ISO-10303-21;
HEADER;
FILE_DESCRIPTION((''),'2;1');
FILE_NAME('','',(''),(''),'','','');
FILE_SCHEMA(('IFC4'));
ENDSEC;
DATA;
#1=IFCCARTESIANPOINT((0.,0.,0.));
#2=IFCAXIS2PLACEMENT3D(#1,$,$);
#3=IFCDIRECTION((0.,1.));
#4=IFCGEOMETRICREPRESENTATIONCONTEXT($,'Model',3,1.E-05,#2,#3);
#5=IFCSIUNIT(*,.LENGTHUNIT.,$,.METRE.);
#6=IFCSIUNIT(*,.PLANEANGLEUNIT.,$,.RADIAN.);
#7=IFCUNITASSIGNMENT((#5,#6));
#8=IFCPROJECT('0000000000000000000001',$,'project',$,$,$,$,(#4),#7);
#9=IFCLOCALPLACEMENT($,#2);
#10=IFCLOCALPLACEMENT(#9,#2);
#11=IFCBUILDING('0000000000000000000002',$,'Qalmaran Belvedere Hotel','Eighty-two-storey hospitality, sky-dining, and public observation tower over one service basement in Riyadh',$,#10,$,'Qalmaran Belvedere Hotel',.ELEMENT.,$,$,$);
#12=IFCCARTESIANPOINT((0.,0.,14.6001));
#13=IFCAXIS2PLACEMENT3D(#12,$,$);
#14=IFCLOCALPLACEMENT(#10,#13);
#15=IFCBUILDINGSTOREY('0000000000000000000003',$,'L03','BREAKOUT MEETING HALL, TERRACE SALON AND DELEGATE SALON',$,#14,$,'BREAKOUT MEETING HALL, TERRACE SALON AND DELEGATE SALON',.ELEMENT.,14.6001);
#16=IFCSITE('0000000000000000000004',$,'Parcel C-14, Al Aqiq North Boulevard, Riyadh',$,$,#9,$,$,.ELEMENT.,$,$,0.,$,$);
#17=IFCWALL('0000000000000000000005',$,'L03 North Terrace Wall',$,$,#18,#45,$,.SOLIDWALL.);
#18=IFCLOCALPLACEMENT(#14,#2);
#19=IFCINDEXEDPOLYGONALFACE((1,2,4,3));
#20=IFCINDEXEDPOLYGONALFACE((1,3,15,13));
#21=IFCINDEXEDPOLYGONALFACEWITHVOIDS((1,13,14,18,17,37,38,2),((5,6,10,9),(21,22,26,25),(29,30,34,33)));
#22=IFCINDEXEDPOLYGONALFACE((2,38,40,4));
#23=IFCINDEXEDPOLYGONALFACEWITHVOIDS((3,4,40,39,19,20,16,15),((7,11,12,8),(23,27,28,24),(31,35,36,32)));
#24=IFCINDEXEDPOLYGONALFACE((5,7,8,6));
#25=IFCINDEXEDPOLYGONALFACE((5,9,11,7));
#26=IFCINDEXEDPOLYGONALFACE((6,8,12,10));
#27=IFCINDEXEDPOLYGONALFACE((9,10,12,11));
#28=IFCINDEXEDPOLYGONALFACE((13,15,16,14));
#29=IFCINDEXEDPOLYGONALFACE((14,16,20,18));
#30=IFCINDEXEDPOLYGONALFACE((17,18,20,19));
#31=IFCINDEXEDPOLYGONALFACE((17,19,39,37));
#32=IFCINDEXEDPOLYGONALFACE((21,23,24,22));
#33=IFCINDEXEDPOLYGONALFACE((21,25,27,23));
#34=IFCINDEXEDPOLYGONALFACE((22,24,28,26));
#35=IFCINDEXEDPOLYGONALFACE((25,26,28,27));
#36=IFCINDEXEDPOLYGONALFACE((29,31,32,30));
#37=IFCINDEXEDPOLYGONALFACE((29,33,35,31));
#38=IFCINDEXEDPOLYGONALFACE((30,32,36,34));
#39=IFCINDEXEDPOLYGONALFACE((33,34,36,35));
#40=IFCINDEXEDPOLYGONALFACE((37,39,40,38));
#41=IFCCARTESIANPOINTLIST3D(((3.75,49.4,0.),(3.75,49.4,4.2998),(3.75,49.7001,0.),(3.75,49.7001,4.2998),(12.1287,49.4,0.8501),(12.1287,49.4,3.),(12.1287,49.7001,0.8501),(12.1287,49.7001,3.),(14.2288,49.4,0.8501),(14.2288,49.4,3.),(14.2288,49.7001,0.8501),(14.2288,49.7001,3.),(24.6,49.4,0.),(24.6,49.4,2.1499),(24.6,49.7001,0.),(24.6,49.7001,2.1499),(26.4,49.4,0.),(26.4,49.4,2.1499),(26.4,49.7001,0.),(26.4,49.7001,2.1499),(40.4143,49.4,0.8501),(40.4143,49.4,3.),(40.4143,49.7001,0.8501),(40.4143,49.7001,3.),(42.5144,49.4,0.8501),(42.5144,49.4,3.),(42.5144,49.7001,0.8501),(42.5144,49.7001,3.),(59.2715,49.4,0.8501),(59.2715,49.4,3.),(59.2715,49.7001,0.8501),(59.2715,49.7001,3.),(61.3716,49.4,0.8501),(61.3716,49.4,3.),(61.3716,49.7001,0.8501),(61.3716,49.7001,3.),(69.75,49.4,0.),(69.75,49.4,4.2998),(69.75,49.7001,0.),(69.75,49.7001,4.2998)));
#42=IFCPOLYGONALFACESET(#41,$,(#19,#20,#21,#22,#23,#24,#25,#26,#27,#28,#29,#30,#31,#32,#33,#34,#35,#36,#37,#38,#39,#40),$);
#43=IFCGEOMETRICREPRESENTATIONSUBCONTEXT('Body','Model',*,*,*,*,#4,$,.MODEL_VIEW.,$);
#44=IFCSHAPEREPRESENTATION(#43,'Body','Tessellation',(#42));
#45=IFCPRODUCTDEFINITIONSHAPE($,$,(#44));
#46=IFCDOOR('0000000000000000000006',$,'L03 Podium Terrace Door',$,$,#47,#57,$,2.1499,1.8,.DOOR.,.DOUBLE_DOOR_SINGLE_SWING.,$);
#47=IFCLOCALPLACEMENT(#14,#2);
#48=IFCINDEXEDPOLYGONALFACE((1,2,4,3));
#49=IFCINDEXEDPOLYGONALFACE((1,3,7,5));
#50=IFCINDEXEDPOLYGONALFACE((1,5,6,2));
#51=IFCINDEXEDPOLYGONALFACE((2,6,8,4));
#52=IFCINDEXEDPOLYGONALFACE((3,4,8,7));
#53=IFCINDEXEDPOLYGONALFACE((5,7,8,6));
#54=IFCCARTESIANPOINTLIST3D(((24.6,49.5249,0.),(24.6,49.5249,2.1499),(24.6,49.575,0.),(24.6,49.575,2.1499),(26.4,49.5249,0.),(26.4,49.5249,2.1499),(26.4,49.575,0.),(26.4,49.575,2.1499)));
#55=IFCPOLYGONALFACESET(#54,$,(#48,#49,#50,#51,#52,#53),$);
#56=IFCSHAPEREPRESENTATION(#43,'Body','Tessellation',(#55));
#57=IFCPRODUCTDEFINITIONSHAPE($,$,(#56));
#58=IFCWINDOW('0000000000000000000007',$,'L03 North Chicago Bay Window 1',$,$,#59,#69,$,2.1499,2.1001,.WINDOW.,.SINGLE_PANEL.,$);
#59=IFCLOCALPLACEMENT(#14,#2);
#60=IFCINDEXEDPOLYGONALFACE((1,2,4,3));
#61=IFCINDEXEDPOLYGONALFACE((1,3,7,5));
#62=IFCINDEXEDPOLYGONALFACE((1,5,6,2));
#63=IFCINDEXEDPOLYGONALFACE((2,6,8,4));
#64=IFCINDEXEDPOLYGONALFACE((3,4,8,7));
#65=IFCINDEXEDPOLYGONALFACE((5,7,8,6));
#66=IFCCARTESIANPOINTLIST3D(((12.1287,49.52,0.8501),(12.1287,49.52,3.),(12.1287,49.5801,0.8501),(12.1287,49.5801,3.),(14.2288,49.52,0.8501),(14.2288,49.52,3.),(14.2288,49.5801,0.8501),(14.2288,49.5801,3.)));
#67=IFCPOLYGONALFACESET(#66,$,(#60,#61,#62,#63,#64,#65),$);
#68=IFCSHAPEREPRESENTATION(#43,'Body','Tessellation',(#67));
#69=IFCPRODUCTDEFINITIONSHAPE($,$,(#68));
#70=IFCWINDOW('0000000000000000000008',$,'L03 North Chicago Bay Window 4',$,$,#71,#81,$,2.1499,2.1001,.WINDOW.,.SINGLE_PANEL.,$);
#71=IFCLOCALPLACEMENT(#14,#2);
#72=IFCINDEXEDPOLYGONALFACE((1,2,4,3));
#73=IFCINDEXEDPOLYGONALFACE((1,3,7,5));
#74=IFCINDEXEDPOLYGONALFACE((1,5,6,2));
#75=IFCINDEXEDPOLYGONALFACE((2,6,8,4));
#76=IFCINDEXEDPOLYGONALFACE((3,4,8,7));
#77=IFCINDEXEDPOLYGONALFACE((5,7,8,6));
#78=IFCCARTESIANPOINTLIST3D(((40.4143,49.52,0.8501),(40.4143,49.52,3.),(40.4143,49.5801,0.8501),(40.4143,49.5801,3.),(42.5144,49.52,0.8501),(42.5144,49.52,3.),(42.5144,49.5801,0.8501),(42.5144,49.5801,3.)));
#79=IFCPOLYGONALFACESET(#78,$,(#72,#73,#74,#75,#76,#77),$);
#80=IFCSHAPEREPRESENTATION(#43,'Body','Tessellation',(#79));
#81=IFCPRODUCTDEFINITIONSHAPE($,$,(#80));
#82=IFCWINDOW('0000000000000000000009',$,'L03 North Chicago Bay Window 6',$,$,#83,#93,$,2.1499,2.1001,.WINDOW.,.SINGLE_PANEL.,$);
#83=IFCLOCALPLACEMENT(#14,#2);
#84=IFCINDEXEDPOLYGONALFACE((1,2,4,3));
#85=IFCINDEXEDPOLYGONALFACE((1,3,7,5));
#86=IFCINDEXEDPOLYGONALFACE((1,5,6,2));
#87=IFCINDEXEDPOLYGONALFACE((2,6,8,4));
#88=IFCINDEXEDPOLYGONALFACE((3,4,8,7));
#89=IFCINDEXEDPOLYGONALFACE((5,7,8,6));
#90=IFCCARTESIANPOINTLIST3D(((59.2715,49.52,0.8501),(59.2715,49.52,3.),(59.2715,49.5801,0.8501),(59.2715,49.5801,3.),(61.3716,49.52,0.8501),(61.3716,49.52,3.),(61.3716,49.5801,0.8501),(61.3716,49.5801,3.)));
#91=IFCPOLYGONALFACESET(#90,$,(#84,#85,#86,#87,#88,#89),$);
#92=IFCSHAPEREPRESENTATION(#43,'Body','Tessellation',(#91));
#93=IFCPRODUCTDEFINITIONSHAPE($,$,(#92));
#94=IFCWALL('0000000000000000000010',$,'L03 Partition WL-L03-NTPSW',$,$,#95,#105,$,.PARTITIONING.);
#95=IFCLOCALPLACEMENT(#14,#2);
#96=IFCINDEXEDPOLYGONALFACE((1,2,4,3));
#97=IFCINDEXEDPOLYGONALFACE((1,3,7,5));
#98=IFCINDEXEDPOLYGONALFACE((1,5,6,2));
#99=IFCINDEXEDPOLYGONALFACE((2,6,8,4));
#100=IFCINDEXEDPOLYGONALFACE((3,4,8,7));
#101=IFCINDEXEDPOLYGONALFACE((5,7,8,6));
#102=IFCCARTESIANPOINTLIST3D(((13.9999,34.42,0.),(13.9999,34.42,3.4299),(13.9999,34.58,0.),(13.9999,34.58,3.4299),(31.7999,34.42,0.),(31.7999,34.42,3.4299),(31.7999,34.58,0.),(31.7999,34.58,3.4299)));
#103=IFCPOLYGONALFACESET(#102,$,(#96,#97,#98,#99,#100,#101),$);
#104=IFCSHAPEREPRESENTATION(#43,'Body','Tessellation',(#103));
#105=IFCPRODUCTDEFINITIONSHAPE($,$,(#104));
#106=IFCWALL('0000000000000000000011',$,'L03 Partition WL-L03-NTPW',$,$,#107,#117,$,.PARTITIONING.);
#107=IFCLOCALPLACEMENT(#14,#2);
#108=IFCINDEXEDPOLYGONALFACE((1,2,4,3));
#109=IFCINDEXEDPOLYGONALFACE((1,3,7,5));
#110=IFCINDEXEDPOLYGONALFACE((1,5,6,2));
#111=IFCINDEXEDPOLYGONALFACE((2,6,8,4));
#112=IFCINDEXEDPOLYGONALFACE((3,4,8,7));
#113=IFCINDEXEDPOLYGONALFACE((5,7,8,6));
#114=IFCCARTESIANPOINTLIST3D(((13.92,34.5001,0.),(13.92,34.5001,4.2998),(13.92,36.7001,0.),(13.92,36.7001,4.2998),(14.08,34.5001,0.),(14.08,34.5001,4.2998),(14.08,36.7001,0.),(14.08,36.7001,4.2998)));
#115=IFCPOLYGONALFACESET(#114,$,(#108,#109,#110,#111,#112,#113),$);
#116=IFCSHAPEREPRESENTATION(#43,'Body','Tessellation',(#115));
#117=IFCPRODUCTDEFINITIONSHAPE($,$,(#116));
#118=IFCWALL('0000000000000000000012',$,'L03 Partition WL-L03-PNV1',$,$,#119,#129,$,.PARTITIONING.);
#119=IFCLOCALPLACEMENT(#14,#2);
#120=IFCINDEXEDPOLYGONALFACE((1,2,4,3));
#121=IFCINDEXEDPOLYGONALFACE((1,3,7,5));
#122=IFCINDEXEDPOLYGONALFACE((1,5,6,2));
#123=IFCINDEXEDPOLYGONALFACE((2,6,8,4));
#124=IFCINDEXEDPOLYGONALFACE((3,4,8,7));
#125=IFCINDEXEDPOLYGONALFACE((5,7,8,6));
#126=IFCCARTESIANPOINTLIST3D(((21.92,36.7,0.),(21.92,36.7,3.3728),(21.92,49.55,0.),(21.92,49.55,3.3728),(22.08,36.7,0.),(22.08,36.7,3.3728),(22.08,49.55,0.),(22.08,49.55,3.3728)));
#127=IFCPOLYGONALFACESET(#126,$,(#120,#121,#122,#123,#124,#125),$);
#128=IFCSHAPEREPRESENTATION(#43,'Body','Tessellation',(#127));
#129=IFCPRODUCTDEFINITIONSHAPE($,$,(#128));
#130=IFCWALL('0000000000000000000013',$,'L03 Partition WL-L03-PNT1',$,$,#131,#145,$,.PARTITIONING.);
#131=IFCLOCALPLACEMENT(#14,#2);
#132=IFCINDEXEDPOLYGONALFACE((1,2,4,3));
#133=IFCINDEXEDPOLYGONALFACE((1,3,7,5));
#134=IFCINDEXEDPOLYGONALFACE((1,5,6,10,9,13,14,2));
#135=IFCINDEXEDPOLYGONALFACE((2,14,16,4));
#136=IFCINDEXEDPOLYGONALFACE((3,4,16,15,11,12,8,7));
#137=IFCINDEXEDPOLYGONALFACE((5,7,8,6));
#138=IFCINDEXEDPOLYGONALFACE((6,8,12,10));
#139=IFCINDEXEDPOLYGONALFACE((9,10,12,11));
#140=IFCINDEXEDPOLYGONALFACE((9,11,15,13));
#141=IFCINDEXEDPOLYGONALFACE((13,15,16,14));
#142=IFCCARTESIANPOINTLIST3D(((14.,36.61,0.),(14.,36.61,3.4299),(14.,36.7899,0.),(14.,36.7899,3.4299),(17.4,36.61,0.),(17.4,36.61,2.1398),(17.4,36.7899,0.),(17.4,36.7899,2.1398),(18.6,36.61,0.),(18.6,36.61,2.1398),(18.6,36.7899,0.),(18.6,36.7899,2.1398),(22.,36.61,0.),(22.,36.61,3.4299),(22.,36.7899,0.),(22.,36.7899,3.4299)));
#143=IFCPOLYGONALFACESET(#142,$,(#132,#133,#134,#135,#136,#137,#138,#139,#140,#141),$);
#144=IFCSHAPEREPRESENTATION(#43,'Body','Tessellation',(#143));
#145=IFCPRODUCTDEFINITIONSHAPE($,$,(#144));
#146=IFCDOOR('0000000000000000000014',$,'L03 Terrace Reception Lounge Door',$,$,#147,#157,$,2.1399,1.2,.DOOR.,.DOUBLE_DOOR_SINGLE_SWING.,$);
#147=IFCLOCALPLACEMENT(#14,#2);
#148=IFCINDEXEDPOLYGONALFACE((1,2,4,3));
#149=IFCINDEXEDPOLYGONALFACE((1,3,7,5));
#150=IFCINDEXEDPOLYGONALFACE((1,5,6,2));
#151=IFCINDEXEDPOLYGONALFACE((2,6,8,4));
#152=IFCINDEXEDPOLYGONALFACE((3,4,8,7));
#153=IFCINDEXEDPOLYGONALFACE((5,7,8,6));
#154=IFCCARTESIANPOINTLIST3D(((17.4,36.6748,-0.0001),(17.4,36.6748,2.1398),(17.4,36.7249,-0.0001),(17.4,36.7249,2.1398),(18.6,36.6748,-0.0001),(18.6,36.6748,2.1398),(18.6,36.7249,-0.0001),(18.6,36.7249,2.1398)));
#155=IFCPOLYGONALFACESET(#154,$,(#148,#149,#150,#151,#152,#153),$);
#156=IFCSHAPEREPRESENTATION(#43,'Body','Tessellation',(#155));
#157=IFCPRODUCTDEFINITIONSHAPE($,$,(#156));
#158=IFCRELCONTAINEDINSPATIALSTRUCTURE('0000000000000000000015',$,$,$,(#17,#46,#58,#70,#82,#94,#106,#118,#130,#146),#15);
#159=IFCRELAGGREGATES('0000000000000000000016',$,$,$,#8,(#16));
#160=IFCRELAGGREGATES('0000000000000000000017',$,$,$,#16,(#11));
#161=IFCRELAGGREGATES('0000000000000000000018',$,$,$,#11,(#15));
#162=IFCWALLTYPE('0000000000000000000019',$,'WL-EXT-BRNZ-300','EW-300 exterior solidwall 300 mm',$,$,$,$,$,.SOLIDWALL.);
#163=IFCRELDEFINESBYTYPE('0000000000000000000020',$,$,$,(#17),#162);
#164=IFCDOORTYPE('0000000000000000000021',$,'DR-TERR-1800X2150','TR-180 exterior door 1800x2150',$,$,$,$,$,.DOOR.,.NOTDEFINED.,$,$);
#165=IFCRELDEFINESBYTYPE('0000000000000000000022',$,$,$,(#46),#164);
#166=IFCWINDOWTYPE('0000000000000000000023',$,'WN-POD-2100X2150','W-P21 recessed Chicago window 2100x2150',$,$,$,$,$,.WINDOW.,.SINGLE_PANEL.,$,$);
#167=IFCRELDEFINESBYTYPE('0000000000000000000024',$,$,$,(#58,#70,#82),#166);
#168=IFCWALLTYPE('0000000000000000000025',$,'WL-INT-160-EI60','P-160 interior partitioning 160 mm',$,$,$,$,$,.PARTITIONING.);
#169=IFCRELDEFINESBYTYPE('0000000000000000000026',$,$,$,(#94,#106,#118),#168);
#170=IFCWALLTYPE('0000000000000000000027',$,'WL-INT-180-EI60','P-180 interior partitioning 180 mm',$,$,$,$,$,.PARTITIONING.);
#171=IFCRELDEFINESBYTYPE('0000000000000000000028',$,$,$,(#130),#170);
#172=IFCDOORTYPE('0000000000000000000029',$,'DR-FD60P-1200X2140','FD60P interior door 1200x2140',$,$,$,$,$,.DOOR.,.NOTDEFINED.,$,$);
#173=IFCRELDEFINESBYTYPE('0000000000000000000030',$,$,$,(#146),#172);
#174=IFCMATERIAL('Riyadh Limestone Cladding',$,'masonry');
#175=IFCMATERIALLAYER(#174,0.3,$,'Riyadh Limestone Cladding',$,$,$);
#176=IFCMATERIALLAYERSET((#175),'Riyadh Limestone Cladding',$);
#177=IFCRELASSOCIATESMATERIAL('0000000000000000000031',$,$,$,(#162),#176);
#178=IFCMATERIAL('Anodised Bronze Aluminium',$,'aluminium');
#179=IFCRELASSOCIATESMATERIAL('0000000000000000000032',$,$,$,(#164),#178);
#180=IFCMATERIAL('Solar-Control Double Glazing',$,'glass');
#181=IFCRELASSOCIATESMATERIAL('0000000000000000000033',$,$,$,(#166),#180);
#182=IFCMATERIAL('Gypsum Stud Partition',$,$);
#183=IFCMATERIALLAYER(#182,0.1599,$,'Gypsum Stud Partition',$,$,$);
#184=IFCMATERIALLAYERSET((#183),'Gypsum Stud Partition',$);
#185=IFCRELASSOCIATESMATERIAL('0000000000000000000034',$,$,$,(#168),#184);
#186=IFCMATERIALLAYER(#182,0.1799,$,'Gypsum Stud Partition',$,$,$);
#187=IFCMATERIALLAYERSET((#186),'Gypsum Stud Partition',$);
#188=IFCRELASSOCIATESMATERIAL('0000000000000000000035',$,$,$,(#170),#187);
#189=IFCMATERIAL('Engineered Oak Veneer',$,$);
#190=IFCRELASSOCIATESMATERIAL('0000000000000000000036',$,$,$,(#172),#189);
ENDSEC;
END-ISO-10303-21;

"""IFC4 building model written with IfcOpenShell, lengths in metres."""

from ifc_helpers import new_model, si_unit, direction, frame, frame_2d, origin, place, context, subcontext, project, spatial, rectangle, extrude, material, layer, layer_set, type_object, element, fill, save


model = new_model("IFC4")

# Units and contexts
model_context = context("Model", 3, precision=1e-05, world=origin(), true_north=direction((0.0, 1.0)))
body_context = subcontext(model_context, "Body", "Model", "MODEL_VIEW")
ifc_project = project(units=[si_unit("LENGTHUNIT", "METRE"), si_unit("PLANEANGLEUNIT", "RADIAN")], contexts=[model_context])

# Site, building, storey
site_placement = place(None, origin())
site = spatial("IfcSite", under=ifc_project, at=site_placement, Name="Parcel C-14, Al Aqiq North Boulevard, Riyadh", CompositionType="ELEMENT", RefElevation=0.0)
building_placement = place(site_placement, origin())
building = spatial("IfcBuilding", under=site, at=building_placement, Name="Qalmaran Belvedere Hotel", Description="Eighty-two-storey hospitality, sky-dining, and public observation tower over one service basement in Riyadh", LongName="Qalmaran Belvedere Hotel", CompositionType="ELEMENT")
storey_placement = place(building_placement, frame((0.0, 0.0, 14.6001)))
storey = spatial("IfcBuildingStorey", under=building, at=storey_placement, Name="L03", Description="BREAKOUT MEETING HALL, TERRACE SALON AND DELEGATE SALON", LongName="BREAKOUT MEETING HALL, TERRACE SALON AND DELEGATE SALON", CompositionType="ELEMENT", Elevation=14.6001)

# Shared definitions
ifc_material_1 = material(Name="Anodised Bronze Aluminium", Category="aluminium")
ifc_material_2 = material(Name="Solar-Control Double Glazing", Category="glass")

# Wall, openings, door, windows
ifc_material_3 = material(Name="Riyadh Limestone Cladding", Category="masonry")
ifc_layer_1 = layer(ifc_material_3, 0.3, Name="Riyadh Limestone Cladding")
ifc_layer_set_1 = layer_set([ifc_layer_1], Name="Riyadh Limestone Cladding")
wall_type_1 = type_object("IfcWallType", Name="WL-EXT-BRNZ-300", Description="EW-300 exterior solidwall 300 mm", PredefinedType="SOLIDWALL", material=ifc_layer_set_1)
wall_1_placement = place(storey_placement, frame((3.75, 49.55, 0.0), z_axis=(0.0, 0.0, 1.0), x_axis=(1.0, 0.0, 0.0)))
wall_1 = element("IfcWall", 1, at=wall_1_placement, inside=storey, type_object=wall_type_1, Name="L03 North Terrace Wall", PredefinedType="SOLIDWALL", context=body_context, shape_type="SweptSolid", body=[
    extrude(rectangle(XDim=66.0, YDim=0.3, at=frame_2d((33.0, 0.0))), origin(), (0.0, 0.0, 1.0), 4.2998),
])
opening_1_placement = place(wall_1_placement, frame((20.8501, 0.0, 0.0)))
opening_1 = element("IfcOpeningElement", 2, at=opening_1_placement, cuts=wall_1, PredefinedType="OPENING", context=body_context, shape_type="SweptSolid", body=[
    extrude(rectangle(XDim=1.8, YDim=2.1499, at=frame_2d((0.8999, 1.075))), frame((0.0, 0.1602, 0.0), z_axis=(0.0, -1.0, 0.0), x_axis=(1.0, 0.0, 0.0)), (0.0, 0.0, 1.0), 0.3201),
])
opening_2_placement = place(wall_1_placement, frame((8.3787, 0.0, 0.8501)))
opening_2 = element("IfcOpeningElement", 3, at=opening_2_placement, cuts=wall_1, PredefinedType="OPENING", context=body_context, shape_type="SweptSolid", body=[
    extrude(rectangle(XDim=2.1001, YDim=2.1499, at=frame_2d((1.05, 1.075))), frame((0.0, 0.1602, 0.0), z_axis=(0.0, -1.0, 0.0), x_axis=(1.0, 0.0, 0.0)), (0.0, 0.0, 1.0), 0.3201),
])
opening_3_placement = place(wall_1_placement, frame((36.6643, 0.0, 0.8501)))
opening_3 = element("IfcOpeningElement", 4, at=opening_3_placement, cuts=wall_1, PredefinedType="OPENING", context=body_context, shape_type="SweptSolid", body=[
    extrude(rectangle(XDim=2.1001, YDim=2.1499, at=frame_2d((1.05, 1.075))), frame((0.0, 0.1602, 0.0), z_axis=(0.0, -1.0, 0.0), x_axis=(1.0, 0.0, 0.0)), (0.0, 0.0, 1.0), 0.3201),
])
opening_4_placement = place(wall_1_placement, frame((55.5215, 0.0, 0.8501)))
opening_4 = element("IfcOpeningElement", 5, at=opening_4_placement, cuts=wall_1, PredefinedType="OPENING", context=body_context, shape_type="SweptSolid", body=[
    extrude(rectangle(XDim=2.1001, YDim=2.1499, at=frame_2d((1.05, 1.075))), frame((0.0, 0.1602, 0.0), z_axis=(0.0, -1.0, 0.0), x_axis=(1.0, 0.0, 0.0)), (0.0, 0.0, 1.0), 0.3201),
])
door_type_1 = type_object("IfcDoorType", Name="DR-TERR-1800X2150", Description="TR-180 exterior door 1800x2150", OperationType="NOTDEFINED", PredefinedType="DOOR", material=ifc_material_1)
door_1_placement = place(opening_1_placement, origin())
door_1 = element("IfcDoor", 6, at=door_1_placement, inside=storey, type_object=door_type_1, Name="L03 Podium Terrace Door", OperationType="DOUBLE_DOOR_SINGLE_SWING", OverallHeight=2.1499, OverallWidth=1.8, PredefinedType="DOOR", context=body_context, shape_type="SweptSolid", body=[
    extrude(rectangle(XDim=1.8, YDim=2.1499, at=frame_2d((0.8999, 1.075))), frame((0.0, 0.0249, 0.0), z_axis=(0.0, -1.0, 0.0), x_axis=(1.0, 0.0, 0.0)), (0.0, 0.0, 1.0), 0.05),
])
fill(opening_1, door_1)
window_type = type_object("IfcWindowType", Name="WN-POD-2100X2150", Description="W-P21 recessed Chicago window 2100x2150", PartitioningType="SINGLE_PANEL", PredefinedType="WINDOW", material=ifc_material_2)
window_1_placement = place(opening_2_placement, origin())
window_1 = element("IfcWindow", 7, at=window_1_placement, inside=storey, type_object=window_type, Name="L03 North Chicago Bay Window 1", OverallHeight=2.1499, OverallWidth=2.1001, PartitioningType="SINGLE_PANEL", PredefinedType="WINDOW", context=body_context, shape_type="SweptSolid", body=[
    extrude(rectangle(XDim=2.1001, YDim=2.1499, at=frame_2d((1.05, 1.075))), frame((0.0, 0.03, 0.0), z_axis=(0.0, -1.0, 0.0), x_axis=(1.0, 0.0, 0.0)), (0.0, 0.0, 1.0), 0.0601),
])
fill(opening_2, window_1)
window_2_placement = place(opening_3_placement, origin())
window_2 = element("IfcWindow", 8, at=window_2_placement, inside=storey, type_object=window_type, Name="L03 North Chicago Bay Window 4", OverallHeight=2.1499, OverallWidth=2.1001, PartitioningType="SINGLE_PANEL", PredefinedType="WINDOW", context=body_context, shape_type="SweptSolid", body=[
    extrude(rectangle(XDim=2.1001, YDim=2.1499, at=frame_2d((1.05, 1.075))), frame((0.0, 0.03, 0.0), z_axis=(0.0, -1.0, 0.0), x_axis=(1.0, 0.0, 0.0)), (0.0, 0.0, 1.0), 0.0601),
])
fill(opening_3, window_2)
window_3_placement = place(opening_4_placement, origin())
window_3 = element("IfcWindow", 9, at=window_3_placement, inside=storey, type_object=window_type, Name="L03 North Chicago Bay Window 6", OverallHeight=2.1499, OverallWidth=2.1001, PartitioningType="SINGLE_PANEL", PredefinedType="WINDOW", context=body_context, shape_type="SweptSolid", body=[
    extrude(rectangle(XDim=2.1001, YDim=2.1499, at=frame_2d((1.05, 1.075))), frame((0.0, 0.03, 0.0), z_axis=(0.0, -1.0, 0.0), x_axis=(1.0, 0.0, 0.0)), (0.0, 0.0, 1.0), 0.0601),
])
fill(opening_4, window_3)

# Walls
ifc_material_4 = material(Name="Gypsum Stud Partition")
ifc_layer_2 = layer(ifc_material_4, 0.1599, Name="Gypsum Stud Partition")
ifc_layer_set_2 = layer_set([ifc_layer_2], Name="Gypsum Stud Partition")
wall_type_2 = type_object("IfcWallType", Name="WL-INT-160-EI60", Description="P-160 interior partitioning 160 mm", PredefinedType="PARTITIONING", material=ifc_layer_set_2)
wall_2_placement = place(storey_placement, frame((14.0, 34.5, 0.0), z_axis=(0.0, 0.0, 1.0), x_axis=(1.0, 0.0, 0.0)))
element("IfcWall", 10, at=wall_2_placement, inside=storey, type_object=wall_type_2, Name="L03 Partition WL-L03-NTPSW", PredefinedType="PARTITIONING", context=body_context, shape_type="SweptSolid", body=[
    extrude(rectangle(XDim=17.8, YDim=0.1599, at=frame_2d((8.8999, 0.0))), origin(), (0.0, 0.0, 1.0), 3.4299),
])
wall_3_placement = place(storey_placement, frame((14.0, 34.5, 0.0), z_axis=(0.0, 0.0, 1.0), x_axis=(0.0, 1.0, 0.0)))
element("IfcWall", 11, at=wall_3_placement, inside=storey, type_object=wall_type_2, Name="L03 Partition WL-L03-NTPW", PredefinedType="PARTITIONING", context=body_context, shape_type="SweptSolid", body=[
    extrude(rectangle(XDim=2.2, YDim=0.1599, at=frame_2d((1.1001, 0.0))), origin(), (0.0, 0.0, 1.0), 4.2998),
])
wall_4_placement = place(storey_placement, frame((22.0, 36.7, 0.0), z_axis=(0.0, 0.0, 1.0), x_axis=(0.0, 1.0, 0.0)))
element("IfcWall", 12, at=wall_4_placement, inside=storey, type_object=wall_type_2, Name="L03 Partition WL-L03-PNV1", PredefinedType="PARTITIONING", context=body_context, shape_type="SweptSolid", body=[
    extrude(rectangle(XDim=12.8501, YDim=0.1599, at=frame_2d((6.425, 0.0))), origin(), (0.0, 0.0, 1.0), 3.3728),
])

# Wall, opening, door
ifc_layer_3 = layer(ifc_material_4, 0.1799, Name="Gypsum Stud Partition")
ifc_layer_set_3 = layer_set([ifc_layer_3], Name="Gypsum Stud Partition")
wall_type_3 = type_object("IfcWallType", Name="WL-INT-180-EI60", Description="P-180 interior partitioning 180 mm", PredefinedType="PARTITIONING", material=ifc_layer_set_3)
wall_5_placement = place(storey_placement, frame((14.0, 36.7, 0.0), z_axis=(0.0, 0.0, 1.0), x_axis=(1.0, 0.0, 0.0)))
wall_5 = element("IfcWall", 13, at=wall_5_placement, inside=storey, type_object=wall_type_3, Name="L03 Partition WL-L03-PNT1", PredefinedType="PARTITIONING", context=body_context, shape_type="SweptSolid", body=[
    extrude(rectangle(XDim=8.0, YDim=0.1799, at=frame_2d((4.0, 0.0))), origin(), (0.0, 0.0, 1.0), 3.4299),
])
opening_5_placement = place(wall_5_placement, frame((3.3999, 0.0, 0.0)))
opening_5 = element("IfcOpeningElement", 14, at=opening_5_placement, cuts=wall_5, PredefinedType="OPENING", context=body_context, shape_type="SweptSolid", body=[
    extrude(rectangle(XDim=1.2, YDim=2.1399, at=frame_2d((0.6001, 1.0698))), frame((0.0, 0.1001, 0.0), z_axis=(0.0, -1.0, 0.0), x_axis=(1.0, 0.0, 0.0)), (0.0, 0.0, 1.0), 0.2),
])
ifc_material_5 = material(Name="Engineered Oak Veneer")
door_type_2 = type_object("IfcDoorType", Name="DR-FD60P-1200X2140", Description="FD60P interior door 1200x2140", OperationType="NOTDEFINED", PredefinedType="DOOR", material=ifc_material_5)
door_2_placement = place(opening_5_placement, origin())
door_2 = element("IfcDoor", 15, at=door_2_placement, inside=storey, type_object=door_type_2, Name="L03 Terrace Reception Lounge Door", OperationType="DOUBLE_DOOR_SINGLE_SWING", OverallHeight=2.1399, OverallWidth=1.2, PredefinedType="DOOR", context=body_context, shape_type="SweptSolid", body=[
    extrude(rectangle(XDim=1.2, YDim=2.1399, at=frame_2d((0.6001, 1.0698))), frame((0.0, 0.0249, 0.0), z_axis=(0.0, -1.0, 0.0), x_axis=(1.0, 0.0, 0.0)), (0.0, 0.0, 1.0), 0.05),
])
fill(opening_5, door_2)

save(model, "model.ifc")
